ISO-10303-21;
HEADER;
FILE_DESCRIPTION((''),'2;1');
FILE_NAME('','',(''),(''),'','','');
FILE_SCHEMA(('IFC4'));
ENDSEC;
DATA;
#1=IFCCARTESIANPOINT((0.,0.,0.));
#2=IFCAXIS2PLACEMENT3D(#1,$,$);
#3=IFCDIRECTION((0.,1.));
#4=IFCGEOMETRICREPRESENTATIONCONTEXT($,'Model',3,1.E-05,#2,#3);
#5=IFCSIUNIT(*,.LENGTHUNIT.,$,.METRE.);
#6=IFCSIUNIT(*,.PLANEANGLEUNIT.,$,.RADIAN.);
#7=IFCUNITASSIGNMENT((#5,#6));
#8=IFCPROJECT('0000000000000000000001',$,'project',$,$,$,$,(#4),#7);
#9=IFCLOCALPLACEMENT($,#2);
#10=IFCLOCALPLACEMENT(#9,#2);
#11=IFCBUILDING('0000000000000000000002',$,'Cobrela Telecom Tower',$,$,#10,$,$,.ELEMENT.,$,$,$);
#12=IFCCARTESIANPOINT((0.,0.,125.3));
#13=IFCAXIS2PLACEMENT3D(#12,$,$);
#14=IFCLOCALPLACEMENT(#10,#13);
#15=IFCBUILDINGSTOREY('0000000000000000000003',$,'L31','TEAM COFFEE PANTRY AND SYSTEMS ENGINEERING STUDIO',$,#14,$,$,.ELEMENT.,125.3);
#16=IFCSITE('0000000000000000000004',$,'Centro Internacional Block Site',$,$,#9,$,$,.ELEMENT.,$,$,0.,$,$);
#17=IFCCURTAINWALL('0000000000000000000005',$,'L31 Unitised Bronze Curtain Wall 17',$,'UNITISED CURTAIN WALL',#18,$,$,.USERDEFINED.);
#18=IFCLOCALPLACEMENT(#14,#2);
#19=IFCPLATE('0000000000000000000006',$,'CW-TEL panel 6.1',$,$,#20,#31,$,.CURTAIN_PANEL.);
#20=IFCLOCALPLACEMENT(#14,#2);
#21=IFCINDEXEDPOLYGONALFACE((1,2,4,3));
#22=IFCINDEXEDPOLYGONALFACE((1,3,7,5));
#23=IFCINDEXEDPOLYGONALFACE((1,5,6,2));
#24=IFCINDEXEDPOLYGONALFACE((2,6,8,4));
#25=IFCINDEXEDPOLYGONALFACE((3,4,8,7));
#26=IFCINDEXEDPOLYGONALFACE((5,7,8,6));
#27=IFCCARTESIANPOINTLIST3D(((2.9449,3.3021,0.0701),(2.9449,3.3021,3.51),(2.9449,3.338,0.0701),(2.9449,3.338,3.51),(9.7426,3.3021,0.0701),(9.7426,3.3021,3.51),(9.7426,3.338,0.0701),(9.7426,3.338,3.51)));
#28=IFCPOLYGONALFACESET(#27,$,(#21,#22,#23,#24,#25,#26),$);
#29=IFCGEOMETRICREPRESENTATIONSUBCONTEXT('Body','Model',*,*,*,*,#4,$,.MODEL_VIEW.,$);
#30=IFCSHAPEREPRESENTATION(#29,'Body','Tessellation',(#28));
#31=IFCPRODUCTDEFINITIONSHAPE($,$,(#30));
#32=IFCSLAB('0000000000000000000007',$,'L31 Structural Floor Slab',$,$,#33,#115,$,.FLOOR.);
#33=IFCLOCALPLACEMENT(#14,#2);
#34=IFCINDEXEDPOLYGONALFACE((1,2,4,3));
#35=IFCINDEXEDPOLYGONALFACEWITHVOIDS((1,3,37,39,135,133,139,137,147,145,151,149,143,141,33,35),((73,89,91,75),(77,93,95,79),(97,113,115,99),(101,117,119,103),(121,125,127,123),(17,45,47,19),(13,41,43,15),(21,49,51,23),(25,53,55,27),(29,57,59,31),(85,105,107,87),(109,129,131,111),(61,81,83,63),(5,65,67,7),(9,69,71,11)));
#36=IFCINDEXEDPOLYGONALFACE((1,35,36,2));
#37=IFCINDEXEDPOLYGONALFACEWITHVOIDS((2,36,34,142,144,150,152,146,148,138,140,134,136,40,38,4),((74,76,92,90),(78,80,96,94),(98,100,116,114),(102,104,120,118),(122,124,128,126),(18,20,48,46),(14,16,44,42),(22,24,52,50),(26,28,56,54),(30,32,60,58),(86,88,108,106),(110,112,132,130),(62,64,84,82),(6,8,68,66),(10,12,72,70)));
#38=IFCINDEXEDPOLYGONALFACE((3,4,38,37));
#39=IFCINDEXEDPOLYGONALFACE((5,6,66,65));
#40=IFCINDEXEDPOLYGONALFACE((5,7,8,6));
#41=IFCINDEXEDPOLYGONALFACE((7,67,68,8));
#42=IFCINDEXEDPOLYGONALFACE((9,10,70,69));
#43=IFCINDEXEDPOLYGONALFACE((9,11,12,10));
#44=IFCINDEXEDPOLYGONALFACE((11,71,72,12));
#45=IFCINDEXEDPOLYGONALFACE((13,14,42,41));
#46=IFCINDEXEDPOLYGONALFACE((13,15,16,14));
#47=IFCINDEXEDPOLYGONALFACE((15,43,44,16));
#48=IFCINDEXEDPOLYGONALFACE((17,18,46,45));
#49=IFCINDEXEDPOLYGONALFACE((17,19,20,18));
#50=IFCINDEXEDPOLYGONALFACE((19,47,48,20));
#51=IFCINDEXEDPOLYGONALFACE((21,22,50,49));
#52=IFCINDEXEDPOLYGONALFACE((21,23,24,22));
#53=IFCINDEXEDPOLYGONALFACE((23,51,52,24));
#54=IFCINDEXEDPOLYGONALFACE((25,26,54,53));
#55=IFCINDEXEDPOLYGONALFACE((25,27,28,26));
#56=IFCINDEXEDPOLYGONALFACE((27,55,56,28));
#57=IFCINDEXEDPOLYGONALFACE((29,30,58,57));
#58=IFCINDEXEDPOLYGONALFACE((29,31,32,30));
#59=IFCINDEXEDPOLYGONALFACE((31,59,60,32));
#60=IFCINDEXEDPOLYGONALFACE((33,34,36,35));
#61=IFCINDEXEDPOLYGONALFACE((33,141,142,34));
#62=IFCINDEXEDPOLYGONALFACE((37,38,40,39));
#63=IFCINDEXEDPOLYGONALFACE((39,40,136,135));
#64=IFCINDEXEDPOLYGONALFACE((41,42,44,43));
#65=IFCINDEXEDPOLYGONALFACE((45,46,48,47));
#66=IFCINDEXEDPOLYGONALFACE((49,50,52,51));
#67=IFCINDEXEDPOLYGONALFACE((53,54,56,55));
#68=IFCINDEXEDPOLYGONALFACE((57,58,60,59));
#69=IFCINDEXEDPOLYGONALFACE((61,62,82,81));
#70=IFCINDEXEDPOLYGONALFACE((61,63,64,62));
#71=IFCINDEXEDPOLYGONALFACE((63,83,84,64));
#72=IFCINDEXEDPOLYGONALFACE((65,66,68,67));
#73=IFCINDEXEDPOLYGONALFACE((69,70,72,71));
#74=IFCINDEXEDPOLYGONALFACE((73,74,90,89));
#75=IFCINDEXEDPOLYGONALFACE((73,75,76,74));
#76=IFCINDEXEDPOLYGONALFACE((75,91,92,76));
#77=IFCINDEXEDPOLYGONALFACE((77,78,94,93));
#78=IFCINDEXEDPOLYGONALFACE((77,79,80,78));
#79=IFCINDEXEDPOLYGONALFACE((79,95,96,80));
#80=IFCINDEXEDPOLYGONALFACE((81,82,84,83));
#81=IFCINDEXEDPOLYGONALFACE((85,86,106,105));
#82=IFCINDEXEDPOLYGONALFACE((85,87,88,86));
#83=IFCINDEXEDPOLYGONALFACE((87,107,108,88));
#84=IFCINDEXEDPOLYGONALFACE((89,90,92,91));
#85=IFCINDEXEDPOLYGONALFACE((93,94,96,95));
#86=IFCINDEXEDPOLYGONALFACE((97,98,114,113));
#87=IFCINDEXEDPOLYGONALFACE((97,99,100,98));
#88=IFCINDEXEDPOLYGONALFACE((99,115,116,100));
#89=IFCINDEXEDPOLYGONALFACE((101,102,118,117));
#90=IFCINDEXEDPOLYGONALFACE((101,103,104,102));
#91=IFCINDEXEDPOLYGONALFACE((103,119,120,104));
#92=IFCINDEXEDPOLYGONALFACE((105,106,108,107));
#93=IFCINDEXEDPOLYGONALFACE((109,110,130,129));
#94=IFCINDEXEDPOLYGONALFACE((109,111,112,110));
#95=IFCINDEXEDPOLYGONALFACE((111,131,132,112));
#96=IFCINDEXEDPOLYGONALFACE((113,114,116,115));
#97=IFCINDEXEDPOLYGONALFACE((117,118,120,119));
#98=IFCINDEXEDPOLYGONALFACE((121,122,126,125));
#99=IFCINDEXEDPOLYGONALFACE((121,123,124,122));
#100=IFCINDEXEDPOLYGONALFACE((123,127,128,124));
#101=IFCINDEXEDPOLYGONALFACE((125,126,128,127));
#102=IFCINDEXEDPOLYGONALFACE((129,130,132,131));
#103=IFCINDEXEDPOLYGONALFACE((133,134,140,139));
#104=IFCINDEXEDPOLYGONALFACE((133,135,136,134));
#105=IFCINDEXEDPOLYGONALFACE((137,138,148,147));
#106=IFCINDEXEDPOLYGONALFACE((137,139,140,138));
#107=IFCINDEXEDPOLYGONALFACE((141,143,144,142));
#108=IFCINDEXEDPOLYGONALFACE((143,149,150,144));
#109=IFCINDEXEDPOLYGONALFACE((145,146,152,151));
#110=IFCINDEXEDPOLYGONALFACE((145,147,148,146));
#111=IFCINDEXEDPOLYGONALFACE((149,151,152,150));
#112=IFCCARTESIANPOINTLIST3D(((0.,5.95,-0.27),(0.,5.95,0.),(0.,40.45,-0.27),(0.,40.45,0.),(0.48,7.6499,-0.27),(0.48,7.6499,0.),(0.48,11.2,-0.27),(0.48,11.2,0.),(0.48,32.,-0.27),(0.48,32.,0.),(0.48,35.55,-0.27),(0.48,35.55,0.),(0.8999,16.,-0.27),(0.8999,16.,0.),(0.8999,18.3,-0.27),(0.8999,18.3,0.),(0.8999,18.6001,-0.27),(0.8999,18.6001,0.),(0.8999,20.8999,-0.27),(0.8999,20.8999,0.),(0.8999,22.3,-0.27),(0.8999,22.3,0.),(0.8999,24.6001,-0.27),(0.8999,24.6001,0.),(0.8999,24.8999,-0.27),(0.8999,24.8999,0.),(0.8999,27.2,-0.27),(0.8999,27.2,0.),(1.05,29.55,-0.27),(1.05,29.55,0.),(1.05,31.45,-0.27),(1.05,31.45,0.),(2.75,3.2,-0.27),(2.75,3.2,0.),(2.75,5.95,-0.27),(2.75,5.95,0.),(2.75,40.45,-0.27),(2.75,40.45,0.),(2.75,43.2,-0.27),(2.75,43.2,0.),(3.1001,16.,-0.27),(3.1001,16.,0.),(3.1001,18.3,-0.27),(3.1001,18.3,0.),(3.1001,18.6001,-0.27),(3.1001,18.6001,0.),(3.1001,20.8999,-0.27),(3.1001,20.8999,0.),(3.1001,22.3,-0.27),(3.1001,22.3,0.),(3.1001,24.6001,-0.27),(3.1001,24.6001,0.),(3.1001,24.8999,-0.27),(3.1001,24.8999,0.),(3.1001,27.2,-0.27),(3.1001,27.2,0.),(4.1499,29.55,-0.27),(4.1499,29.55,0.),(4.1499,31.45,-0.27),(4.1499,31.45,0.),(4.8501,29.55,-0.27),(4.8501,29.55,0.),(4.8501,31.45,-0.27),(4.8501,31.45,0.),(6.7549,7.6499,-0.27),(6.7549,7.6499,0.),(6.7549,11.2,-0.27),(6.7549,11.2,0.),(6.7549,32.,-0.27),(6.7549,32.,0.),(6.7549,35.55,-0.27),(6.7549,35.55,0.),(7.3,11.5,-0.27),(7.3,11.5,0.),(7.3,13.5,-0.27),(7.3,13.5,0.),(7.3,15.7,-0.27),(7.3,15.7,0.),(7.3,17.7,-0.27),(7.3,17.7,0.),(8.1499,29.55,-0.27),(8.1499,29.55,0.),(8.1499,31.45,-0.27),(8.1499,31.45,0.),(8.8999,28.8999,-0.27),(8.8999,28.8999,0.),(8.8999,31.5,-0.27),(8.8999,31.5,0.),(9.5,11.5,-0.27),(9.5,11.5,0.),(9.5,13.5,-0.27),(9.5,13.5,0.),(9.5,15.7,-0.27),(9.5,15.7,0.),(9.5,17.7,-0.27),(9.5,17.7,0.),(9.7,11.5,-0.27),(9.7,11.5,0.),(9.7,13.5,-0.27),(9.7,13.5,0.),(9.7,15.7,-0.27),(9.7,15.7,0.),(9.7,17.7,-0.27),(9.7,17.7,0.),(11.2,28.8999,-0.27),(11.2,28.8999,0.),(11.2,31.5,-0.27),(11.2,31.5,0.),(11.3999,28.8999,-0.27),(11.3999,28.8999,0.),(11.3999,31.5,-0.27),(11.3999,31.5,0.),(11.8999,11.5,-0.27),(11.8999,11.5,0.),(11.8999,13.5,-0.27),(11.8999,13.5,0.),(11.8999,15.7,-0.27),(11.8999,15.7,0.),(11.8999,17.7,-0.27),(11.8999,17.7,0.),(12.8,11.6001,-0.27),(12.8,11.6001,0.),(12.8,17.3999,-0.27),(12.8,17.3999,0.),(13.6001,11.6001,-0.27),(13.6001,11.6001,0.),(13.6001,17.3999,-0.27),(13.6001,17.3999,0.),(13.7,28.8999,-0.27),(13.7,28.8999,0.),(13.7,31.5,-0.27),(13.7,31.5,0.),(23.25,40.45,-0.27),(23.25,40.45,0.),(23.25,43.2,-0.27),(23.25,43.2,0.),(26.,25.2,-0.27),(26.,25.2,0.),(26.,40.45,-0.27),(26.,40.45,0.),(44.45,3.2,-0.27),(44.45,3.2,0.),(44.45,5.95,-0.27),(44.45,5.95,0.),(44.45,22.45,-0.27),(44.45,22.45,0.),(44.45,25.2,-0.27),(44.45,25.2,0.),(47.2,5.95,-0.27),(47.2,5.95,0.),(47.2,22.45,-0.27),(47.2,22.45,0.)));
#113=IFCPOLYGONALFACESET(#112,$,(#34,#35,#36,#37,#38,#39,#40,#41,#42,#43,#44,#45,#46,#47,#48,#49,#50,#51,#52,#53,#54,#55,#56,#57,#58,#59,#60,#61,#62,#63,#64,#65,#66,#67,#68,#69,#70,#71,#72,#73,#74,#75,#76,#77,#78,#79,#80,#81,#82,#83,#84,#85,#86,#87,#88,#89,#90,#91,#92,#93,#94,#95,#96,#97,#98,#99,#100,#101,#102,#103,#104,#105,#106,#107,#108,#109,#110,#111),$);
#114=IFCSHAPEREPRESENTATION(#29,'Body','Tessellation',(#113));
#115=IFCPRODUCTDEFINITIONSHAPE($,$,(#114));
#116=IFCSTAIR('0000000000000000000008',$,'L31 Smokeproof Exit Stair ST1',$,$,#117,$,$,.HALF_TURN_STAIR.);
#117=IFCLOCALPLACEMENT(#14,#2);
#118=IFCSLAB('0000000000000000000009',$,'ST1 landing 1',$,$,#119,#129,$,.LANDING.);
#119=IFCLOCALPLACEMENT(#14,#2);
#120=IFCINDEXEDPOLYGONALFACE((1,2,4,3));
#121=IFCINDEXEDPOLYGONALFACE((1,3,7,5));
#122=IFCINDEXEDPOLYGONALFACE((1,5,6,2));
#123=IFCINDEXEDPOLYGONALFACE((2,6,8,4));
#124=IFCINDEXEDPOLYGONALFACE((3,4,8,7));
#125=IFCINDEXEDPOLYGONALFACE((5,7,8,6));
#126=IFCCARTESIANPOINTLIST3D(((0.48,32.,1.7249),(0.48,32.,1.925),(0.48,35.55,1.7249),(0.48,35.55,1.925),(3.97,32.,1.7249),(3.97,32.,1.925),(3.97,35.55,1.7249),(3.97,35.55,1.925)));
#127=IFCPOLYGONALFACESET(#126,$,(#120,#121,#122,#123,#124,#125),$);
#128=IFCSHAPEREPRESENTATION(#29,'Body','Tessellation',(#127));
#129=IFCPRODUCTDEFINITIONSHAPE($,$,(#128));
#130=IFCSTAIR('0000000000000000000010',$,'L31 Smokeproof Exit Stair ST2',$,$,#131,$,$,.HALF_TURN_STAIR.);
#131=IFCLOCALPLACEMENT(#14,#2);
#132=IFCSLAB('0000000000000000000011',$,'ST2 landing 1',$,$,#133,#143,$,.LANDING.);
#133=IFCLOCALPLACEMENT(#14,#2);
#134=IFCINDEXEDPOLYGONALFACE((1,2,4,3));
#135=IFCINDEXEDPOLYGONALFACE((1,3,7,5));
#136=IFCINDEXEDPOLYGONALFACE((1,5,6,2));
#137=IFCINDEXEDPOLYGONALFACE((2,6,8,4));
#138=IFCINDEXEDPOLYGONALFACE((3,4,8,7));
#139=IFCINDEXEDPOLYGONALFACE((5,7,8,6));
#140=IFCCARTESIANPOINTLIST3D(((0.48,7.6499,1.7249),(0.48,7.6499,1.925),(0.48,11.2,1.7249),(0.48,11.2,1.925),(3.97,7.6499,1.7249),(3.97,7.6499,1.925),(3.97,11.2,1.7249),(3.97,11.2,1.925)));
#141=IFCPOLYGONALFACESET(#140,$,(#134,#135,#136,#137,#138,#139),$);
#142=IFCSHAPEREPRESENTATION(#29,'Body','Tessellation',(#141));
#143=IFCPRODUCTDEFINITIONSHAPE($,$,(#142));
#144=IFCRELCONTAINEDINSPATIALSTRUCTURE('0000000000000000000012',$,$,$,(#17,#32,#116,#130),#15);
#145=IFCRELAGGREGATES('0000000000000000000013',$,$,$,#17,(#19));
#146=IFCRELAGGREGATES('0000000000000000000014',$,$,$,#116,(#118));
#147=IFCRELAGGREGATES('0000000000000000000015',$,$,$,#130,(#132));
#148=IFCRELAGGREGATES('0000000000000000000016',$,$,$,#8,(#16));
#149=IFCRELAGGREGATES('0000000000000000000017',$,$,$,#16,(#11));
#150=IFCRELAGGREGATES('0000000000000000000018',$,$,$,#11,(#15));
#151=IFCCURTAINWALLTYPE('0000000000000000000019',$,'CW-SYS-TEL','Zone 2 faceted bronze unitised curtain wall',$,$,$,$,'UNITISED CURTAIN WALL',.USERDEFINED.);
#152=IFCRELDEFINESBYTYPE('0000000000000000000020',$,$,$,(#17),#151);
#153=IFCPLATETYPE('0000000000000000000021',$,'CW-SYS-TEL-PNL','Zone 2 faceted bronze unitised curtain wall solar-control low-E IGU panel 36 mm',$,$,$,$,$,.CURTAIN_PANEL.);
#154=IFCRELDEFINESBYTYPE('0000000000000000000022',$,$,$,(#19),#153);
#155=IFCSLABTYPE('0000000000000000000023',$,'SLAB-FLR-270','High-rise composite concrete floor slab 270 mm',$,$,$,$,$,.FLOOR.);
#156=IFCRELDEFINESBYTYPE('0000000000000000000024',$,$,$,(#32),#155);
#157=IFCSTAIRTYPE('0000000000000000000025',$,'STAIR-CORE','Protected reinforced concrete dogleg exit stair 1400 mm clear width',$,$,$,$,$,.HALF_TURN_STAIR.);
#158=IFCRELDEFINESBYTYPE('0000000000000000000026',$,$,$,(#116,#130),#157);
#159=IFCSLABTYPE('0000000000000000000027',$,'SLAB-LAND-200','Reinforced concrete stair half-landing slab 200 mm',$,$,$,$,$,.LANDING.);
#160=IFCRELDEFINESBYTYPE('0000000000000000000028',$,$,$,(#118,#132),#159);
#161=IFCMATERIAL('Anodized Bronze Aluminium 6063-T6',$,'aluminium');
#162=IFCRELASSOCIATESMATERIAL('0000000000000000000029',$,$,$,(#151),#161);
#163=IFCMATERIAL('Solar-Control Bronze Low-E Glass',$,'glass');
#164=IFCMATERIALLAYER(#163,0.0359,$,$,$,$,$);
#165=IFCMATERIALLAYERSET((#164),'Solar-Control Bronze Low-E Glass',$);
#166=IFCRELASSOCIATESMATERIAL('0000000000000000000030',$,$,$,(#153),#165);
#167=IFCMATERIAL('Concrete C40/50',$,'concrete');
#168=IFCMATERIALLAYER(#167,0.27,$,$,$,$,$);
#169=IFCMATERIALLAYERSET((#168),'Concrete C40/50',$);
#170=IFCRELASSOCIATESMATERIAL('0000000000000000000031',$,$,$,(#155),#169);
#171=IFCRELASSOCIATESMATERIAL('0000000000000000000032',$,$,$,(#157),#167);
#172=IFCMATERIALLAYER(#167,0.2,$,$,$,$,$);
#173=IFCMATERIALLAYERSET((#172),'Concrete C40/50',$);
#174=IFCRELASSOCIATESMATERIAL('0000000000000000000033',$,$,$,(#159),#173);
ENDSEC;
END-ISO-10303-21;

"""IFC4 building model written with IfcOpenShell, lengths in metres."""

from ifc_helpers import new_model, si_unit, direction, frame, origin, origin_2d, place, context, subcontext, project, spatial, polyline, rectangle, outline, extrude, material, layer, layer_set, type_object, element, aggregate, save


model = new_model("IFC4")

# Units and contexts
model_context = context("Model", 3, precision=1e-05, world=origin(), true_north=direction((0.0, 1.0)))
body_context = subcontext(model_context, "Body", "Model", "MODEL_VIEW")
ifc_project = project(units=[si_unit("LENGTHUNIT", "METRE"), si_unit("PLANEANGLEUNIT", "RADIAN")], contexts=[model_context])

# Site, building, storey
site_placement = place(None, origin())
site = spatial("IfcSite", under=ifc_project, at=site_placement, Name="Centro Internacional Block Site", CompositionType="ELEMENT", RefElevation=0.0)
building_placement = place(site_placement, origin())
building = spatial("IfcBuilding", under=site, at=building_placement, Name="Cobrela Telecom Tower", CompositionType="ELEMENT")
storey_placement = place(building_placement, frame((0.0, 0.0, 125.3)))
storey = spatial("IfcBuildingStorey", under=building, at=storey_placement, Name="L31", Description="TEAM COFFEE PANTRY AND SYSTEMS ENGINEERING STUDIO", CompositionType="ELEMENT", Elevation=125.3)

# Curtain wall, plate
ifc_material_1 = material(Name="Anodized Bronze Aluminium 6063-T6", Category="aluminium")
curtain_wall_type = type_object("IfcCurtainWallType", Name="CW-SYS-TEL", Description="Zone 2 faceted bronze unitised curtain wall", ElementType="UNITISED CURTAIN WALL", PredefinedType="USERDEFINED", material=ifc_material_1)
curtain_wall_placement = place(storey_placement, origin())
curtain_wall = element("IfcCurtainWall", 1, at=curtain_wall_placement, inside=storey, type_object=curtain_wall_type, Name="L31 Unitised Bronze Curtain Wall 17", ObjectType="UNITISED CURTAIN WALL", PredefinedType="USERDEFINED")
ifc_material_2 = material(Name="Solar-Control Bronze Low-E Glass", Category="glass")
ifc_layer_1 = layer(ifc_material_2, 0.0359)
ifc_layer_set_1 = layer_set([ifc_layer_1], Name="Solar-Control Bronze Low-E Glass")
plate_type = type_object("IfcPlateType", Name="CW-SYS-TEL-PNL", Description="Zone 2 faceted bronze unitised curtain wall solar-control low-E IGU panel 36 mm", PredefinedType="CURTAIN_PANEL", material=ifc_layer_set_1)
plate_placement = place(storey_placement, frame((6.3438, 3.3201, 0.0701), z_axis=(0.0, 0.0, 1.0), x_axis=(-1.0, 0.0, 0.0)))
plate = element("IfcPlate", 2, at=plate_placement, type_object=plate_type, Name="CW-TEL panel 6.1", PredefinedType="CURTAIN_PANEL", context=body_context, shape_type="SweptSolid", body=[
    extrude(rectangle(XDim=6.7976, YDim=0.0359, at=origin_2d()), origin(), (0.0, 0.0, 1.0), 3.4399),
])
aggregate(curtain_wall, [plate])

# Slab, openings
ifc_material_3 = material(Name="Concrete C40/50", Category="concrete")
ifc_layer_2 = layer(ifc_material_3, 0.27)
ifc_layer_set_2 = layer_set([ifc_layer_2], Name="Concrete C40/50")
slab_type_1 = type_object("IfcSlabType", Name="SLAB-FLR-270", Description="High-rise composite concrete floor slab 270 mm", PredefinedType="FLOOR", material=ifc_layer_set_2)
slab_1_placement = place(storey_placement, frame((0.0, 0.0, -0.27)))
slab_1 = element("IfcSlab", 3, at=slab_1_placement, inside=storey, type_object=slab_type_1, Name="L31 Structural Floor Slab", PredefinedType="FLOOR", context=body_context, shape_type="SweptSolid", body=[
    extrude(outline(polyline([(2.75, 3.2), (44.45, 3.2), (44.45, 5.95), (47.2, 5.95), (47.2, 22.45), (44.45, 22.45), (44.45, 25.2), (26.0, 25.2), (26.0, 40.45), (23.25, 40.45), (23.25, 43.2), (2.75, 43.2), (2.75, 40.45), (0.0, 40.45), (0.0, 5.95), (2.75, 5.95), (2.75, 3.2)])), origin(), (0.0, 0.0, 1.0), 0.27),
])
opening_1_placement = place(slab_1_placement, frame((0.0, 0.0, -0.02)))
element("IfcOpeningElement", 4, at=opening_1_placement, cuts=slab_1, PredefinedType="OPENING", context=body_context, shape_type="SweptSolid", body=[
    extrude(outline(polyline([(8.8999, 28.8999), (11.2, 28.8999), (11.2, 31.5), (8.8999, 31.5), (8.8999, 28.8999)])), origin(), (0.0, 0.0, 1.0), 0.3101),
])
opening_2_placement = place(slab_1_placement, frame((0.0, 0.0, -0.02)))
element("IfcOpeningElement", 5, at=opening_2_placement, cuts=slab_1, PredefinedType="OPENING", context=body_context, shape_type="SweptSolid", body=[
    extrude(outline(polyline([(11.3999, 28.8999), (13.7, 28.8999), (13.7, 31.5), (11.3999, 31.5), (11.3999, 28.8999)])), origin(), (0.0, 0.0, 1.0), 0.3101),
])
opening_3_placement = place(slab_1_placement, frame((0.0, 0.0, -0.02)))
element("IfcOpeningElement", 6, at=opening_3_placement, cuts=slab_1, PredefinedType="OPENING", context=body_context, shape_type="SweptSolid", body=[
    extrude(outline(polyline([(7.3, 15.7), (9.5, 15.7), (9.5, 17.7), (7.3, 17.7), (7.3, 15.7)])), origin(), (0.0, 0.0, 1.0), 0.3101),
])
opening_4_placement = place(slab_1_placement, frame((0.0, 0.0, -0.02)))
element("IfcOpeningElement", 7, at=opening_4_placement, cuts=slab_1, PredefinedType="OPENING", context=body_context, shape_type="SweptSolid", body=[
    extrude(outline(polyline([(9.7, 15.7), (11.8999, 15.7), (11.8999, 17.7), (9.7, 17.7), (9.7, 15.7)])), origin(), (0.0, 0.0, 1.0), 0.3101),
])
opening_5_placement = place(slab_1_placement, frame((0.0, 0.0, -0.02)))
element("IfcOpeningElement", 8, at=opening_5_placement, cuts=slab_1, PredefinedType="OPENING", context=body_context, shape_type="SweptSolid", body=[
    extrude(outline(polyline([(7.3, 11.5), (9.5, 11.5), (9.5, 13.5), (7.3, 13.5), (7.3, 11.5)])), origin(), (0.0, 0.0, 1.0), 0.3101),
])
opening_6_placement = place(slab_1_placement, frame((0.0, 0.0, -0.02)))
element("IfcOpeningElement", 9, at=opening_6_placement, cuts=slab_1, PredefinedType="OPENING", context=body_context, shape_type="SweptSolid", body=[
    extrude(outline(polyline([(9.7, 11.5), (11.8999, 11.5), (11.8999, 13.5), (9.7, 13.5), (9.7, 11.5)])), origin(), (0.0, 0.0, 1.0), 0.3101),
])
opening_7_placement = place(slab_1_placement, frame((0.0, 0.0, -0.02)))
element("IfcOpeningElement", 10, at=opening_7_placement, cuts=slab_1, PredefinedType="OPENING", context=body_context, shape_type="SweptSolid", body=[
    extrude(outline(polyline([(0.8999, 16.0), (3.1001, 16.0), (3.1001, 18.3), (0.8999, 18.3), (0.8999, 16.0)])), origin(), (0.0, 0.0, 1.0), 0.3101),
])
opening_8_placement = place(slab_1_placement, frame((0.0, 0.0, -0.02)))
element("IfcOpeningElement", 11, at=opening_8_placement, cuts=slab_1, PredefinedType="OPENING", context=body_context, shape_type="SweptSolid", body=[
    extrude(outline(polyline([(0.8999, 18.6001), (3.1001, 18.6001), (3.1001, 20.8999), (0.8999, 20.8999), (0.8999, 18.6001)])), origin(), (0.0, 0.0, 1.0), 0.3101),
])
opening_9_placement = place(slab_1_placement, frame((0.0, 0.0, -0.02)))
element("IfcOpeningElement", 12, at=opening_9_placement, cuts=slab_1, PredefinedType="OPENING", context=body_context, shape_type="SweptSolid", body=[
    extrude(outline(polyline([(0.8999, 22.3), (3.1001, 22.3), (3.1001, 24.6001), (0.8999, 24.6001), (0.8999, 22.3)])), origin(), (0.0, 0.0, 1.0), 0.3101),
])
opening_10_placement = place(slab_1_placement, frame((0.0, 0.0, -0.02)))
element("IfcOpeningElement", 13, at=opening_10_placement, cuts=slab_1, PredefinedType="OPENING", context=body_context, shape_type="SweptSolid", body=[
    extrude(outline(polyline([(0.8999, 24.8999), (3.1001, 24.8999), (3.1001, 27.2), (0.8999, 27.2), (0.8999, 24.8999)])), origin(), (0.0, 0.0, 1.0), 0.3101),
])
opening_11_placement = place(slab_1_placement, frame((0.0, 0.0, -0.02)))
element("IfcOpeningElement", 14, at=opening_11_placement, cuts=slab_1, PredefinedType="OPENING", context=body_context, shape_type="SweptSolid", body=[
    extrude(outline(polyline([(1.05, 29.55), (4.1499, 29.55), (4.1499, 31.45), (1.05, 31.45), (1.05, 29.55)])), origin(), (0.0, 0.0, 1.0), 0.3101),
])
opening_12_placement = place(slab_1_placement, frame((0.0, 0.0, -0.02)))
element("IfcOpeningElement", 15, at=opening_12_placement, cuts=slab_1, PredefinedType="OPENING", context=body_context, shape_type="SweptSolid", body=[
    extrude(outline(polyline([(4.8501, 29.55), (8.1499, 29.55), (8.1499, 31.45), (4.8501, 31.45), (4.8501, 29.55)])), origin(), (0.0, 0.0, 1.0), 0.3101),
])
opening_13_placement = place(slab_1_placement, frame((0.0, 0.0, -0.02)))
element("IfcOpeningElement", 16, at=opening_13_placement, cuts=slab_1, PredefinedType="OPENING", context=body_context, shape_type="SweptSolid", body=[
    extrude(outline(polyline([(12.8, 11.6001), (13.6001, 11.6001), (13.6001, 17.3999), (12.8, 17.3999), (12.8, 11.6001)])), origin(), (0.0, 0.0, 1.0), 0.3101),
])
opening_14_placement = place(slab_1_placement, frame((0.0, 0.0, -0.02)))
element("IfcOpeningElement", 17, at=opening_14_placement, cuts=slab_1, PredefinedType="OPENING", context=body_context, shape_type="SweptSolid", body=[
    extrude(outline(polyline([(6.7549, 35.55), (0.48, 35.55), (0.48, 32.0), (6.7549, 32.0), (6.7549, 35.55)])), origin(), (0.0, 0.0, 1.0), 0.3101),
])
opening_15_placement = place(slab_1_placement, frame((0.0, 0.0, -0.02)))
element("IfcOpeningElement", 18, at=opening_15_placement, cuts=slab_1, PredefinedType="OPENING", context=body_context, shape_type="SweptSolid", body=[
    extrude(outline(polyline([(6.7549, 11.2), (0.48, 11.2), (0.48, 7.6499), (6.7549, 7.6499), (6.7549, 11.2)])), origin(), (0.0, 0.0, 1.0), 0.3101),
])

# Stairs, slabs
stair_type = type_object("IfcStairType", Name="STAIR-CORE", Description="Protected reinforced concrete dogleg exit stair 1400 mm clear width", PredefinedType="HALF_TURN_STAIR", material=ifc_material_3)
stair_1_placement = place(storey_placement, origin())
stair_1 = element("IfcStair", 19, at=stair_1_placement, inside=storey, type_object=stair_type, Name="L31 Smokeproof Exit Stair ST1", PredefinedType="HALF_TURN_STAIR")
ifc_layer_3 = layer(ifc_material_3, 0.2)
ifc_layer_set_3 = layer_set([ifc_layer_3], Name="Concrete C40/50")
slab_type_2 = type_object("IfcSlabType", Name="SLAB-LAND-200", Description="Reinforced concrete stair half-landing slab 200 mm", PredefinedType="LANDING", material=ifc_layer_set_3)
slab_2_placement = place(storey_placement, frame((0.0, 0.0, 1.7249)))
slab_2 = element("IfcSlab", 20, at=slab_2_placement, type_object=slab_type_2, Name="ST1 landing 1", PredefinedType="LANDING", context=body_context, shape_type="SweptSolid", body=[
    extrude(outline(polyline([(3.97, 35.55), (0.48, 35.55), (0.48, 32.0), (3.97, 32.0), (3.97, 35.55)])), origin(), (0.0, 0.0, 1.0), 0.2002),
])
aggregate(stair_1, [slab_2])
stair_2_placement = place(storey_placement, origin())
stair_2 = element("IfcStair", 21, at=stair_2_placement, inside=storey, type_object=stair_type, Name="L31 Smokeproof Exit Stair ST2", PredefinedType="HALF_TURN_STAIR")
slab_3_placement = place(storey_placement, frame((0.0, 0.0, 1.7249)))
slab_3 = element("IfcSlab", 22, at=slab_3_placement, type_object=slab_type_2, Name="ST2 landing 1", PredefinedType="LANDING", context=body_context, shape_type="SweptSolid", body=[
    extrude(outline(polyline([(3.97, 11.2), (0.48, 11.2), (0.48, 7.6499), (3.97, 7.6499), (3.97, 11.2)])), origin(), (0.0, 0.0, 1.0), 0.2002),
])

aggregate(stair_2, [slab_3])

save(model, "model.ifc")
